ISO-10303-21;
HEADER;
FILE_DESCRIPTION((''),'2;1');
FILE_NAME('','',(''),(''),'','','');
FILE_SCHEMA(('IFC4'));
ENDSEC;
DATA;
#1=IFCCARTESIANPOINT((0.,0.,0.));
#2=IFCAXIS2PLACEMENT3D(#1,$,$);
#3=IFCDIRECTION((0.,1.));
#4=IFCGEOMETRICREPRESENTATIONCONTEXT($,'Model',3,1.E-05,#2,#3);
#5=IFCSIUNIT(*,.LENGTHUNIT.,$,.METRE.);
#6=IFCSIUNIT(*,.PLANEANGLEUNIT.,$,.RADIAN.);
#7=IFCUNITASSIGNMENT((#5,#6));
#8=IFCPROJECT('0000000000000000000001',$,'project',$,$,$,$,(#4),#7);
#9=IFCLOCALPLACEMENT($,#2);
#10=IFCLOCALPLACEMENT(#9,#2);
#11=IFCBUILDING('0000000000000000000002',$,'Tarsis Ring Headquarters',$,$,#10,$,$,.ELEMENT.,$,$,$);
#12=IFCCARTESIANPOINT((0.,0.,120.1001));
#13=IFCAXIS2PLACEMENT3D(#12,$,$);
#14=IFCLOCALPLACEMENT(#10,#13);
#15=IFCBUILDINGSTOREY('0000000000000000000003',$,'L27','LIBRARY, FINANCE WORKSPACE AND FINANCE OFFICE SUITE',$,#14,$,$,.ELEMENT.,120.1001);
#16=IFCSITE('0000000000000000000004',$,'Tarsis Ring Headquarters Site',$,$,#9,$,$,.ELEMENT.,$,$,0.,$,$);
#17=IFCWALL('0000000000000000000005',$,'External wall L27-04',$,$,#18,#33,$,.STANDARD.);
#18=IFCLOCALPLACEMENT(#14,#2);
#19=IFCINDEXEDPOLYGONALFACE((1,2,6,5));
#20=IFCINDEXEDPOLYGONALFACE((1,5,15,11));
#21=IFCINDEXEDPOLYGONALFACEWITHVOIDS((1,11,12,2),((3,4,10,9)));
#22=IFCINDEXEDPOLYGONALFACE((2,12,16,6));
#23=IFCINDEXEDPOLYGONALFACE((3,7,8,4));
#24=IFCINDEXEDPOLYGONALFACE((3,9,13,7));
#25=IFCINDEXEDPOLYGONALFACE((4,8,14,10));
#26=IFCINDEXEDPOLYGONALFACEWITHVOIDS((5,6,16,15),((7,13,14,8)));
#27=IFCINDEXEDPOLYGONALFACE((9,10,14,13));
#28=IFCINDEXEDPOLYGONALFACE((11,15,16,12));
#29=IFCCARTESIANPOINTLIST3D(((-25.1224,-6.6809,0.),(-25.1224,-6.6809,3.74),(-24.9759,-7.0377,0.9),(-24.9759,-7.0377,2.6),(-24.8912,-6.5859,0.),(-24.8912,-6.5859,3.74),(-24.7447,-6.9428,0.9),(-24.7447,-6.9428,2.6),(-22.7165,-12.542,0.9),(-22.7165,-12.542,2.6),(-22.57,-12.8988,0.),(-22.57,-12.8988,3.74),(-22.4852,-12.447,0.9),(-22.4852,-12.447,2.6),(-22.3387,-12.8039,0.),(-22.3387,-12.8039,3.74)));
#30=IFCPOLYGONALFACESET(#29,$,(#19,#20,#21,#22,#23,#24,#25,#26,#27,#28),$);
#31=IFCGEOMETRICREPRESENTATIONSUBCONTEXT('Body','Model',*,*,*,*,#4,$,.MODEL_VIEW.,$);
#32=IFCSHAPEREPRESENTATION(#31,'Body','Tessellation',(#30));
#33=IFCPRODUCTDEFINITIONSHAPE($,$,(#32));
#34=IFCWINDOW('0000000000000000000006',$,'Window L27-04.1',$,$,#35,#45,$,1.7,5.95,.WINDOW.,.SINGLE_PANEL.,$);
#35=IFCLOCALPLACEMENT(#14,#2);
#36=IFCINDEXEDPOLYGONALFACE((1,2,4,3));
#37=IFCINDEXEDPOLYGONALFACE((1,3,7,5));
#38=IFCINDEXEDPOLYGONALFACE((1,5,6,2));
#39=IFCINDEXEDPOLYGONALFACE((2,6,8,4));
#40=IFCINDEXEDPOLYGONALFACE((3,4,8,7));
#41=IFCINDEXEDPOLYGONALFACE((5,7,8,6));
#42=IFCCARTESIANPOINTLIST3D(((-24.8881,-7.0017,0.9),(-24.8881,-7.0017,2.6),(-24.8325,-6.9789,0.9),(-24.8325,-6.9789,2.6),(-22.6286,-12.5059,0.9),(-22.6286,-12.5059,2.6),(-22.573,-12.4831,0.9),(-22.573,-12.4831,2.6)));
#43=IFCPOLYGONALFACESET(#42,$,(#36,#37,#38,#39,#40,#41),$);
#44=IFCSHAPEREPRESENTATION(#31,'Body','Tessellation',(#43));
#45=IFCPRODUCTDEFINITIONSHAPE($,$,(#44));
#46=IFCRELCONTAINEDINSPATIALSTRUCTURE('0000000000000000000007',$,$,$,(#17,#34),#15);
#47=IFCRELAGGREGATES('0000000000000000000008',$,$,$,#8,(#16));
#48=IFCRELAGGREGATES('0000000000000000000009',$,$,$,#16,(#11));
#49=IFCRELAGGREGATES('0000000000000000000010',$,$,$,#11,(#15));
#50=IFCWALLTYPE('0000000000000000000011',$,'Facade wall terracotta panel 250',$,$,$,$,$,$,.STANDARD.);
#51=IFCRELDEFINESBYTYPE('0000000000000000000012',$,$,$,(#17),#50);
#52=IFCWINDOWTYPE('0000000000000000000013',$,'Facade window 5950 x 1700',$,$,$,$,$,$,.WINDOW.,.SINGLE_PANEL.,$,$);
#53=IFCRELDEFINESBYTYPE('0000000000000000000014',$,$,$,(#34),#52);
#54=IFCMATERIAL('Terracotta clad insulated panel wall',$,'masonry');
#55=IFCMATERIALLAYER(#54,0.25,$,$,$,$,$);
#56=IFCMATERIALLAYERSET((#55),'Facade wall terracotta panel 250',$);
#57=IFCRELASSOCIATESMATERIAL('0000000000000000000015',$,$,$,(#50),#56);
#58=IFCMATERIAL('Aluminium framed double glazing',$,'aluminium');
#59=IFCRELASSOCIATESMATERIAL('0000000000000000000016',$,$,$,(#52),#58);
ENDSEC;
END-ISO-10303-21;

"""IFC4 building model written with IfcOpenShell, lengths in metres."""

from ifc_helpers import new_model, si_unit, direction, frame, frame_2d, origin, place, context, subcontext, project, spatial, rectangle, extrude, material, layer, layer_set, type_object, element, fill, save


model = new_model("IFC4")

# Units and contexts
model_context = context("Model", 3, precision=1e-05, world=origin(), true_north=direction((0.0, 1.0)))
body_context = subcontext(model_context, "Body", "Model", "MODEL_VIEW")
ifc_project = project(units=[si_unit("LENGTHUNIT", "METRE"), si_unit("PLANEANGLEUNIT", "RADIAN")], contexts=[model_context])

# Site, building, storey
site_placement = place(None, origin())
site = spatial("IfcSite", under=ifc_project, at=site_placement, Name="Tarsis Ring Headquarters Site", CompositionType="ELEMENT", RefElevation=0.0)
building_placement = place(site_placement, origin())
building = spatial("IfcBuilding", under=site, at=building_placement, Name="Tarsis Ring Headquarters", CompositionType="ELEMENT")
storey_placement = place(building_placement, frame((0.0, 0.0, 120.1001)))
storey = spatial("IfcBuildingStorey", under=building, at=storey_placement, Name="L27", Description="LIBRARY, FINANCE WORKSPACE AND FINANCE OFFICE SUITE", CompositionType="ELEMENT", Elevation=120.1001)

# Wall, opening, window
ifc_material_1 = material(Name="Terracotta clad insulated panel wall", Category="masonry")
ifc_layer_1 = layer(ifc_material_1, 0.25)
ifc_layer_set_1 = layer_set([ifc_layer_1], Name="Facade wall terracotta panel 250")
wall_type_1 = type_object("IfcWallType", Name="Facade wall terracotta panel 250", PredefinedType="STANDARD", material=ifc_layer_set_1)
wall_1_placement = place(storey_placement, frame((-25.0068, -6.6333, 0.0), z_axis=(0.0, 0.0, 1.0), x_axis=(0.379748, -0.92509, 0.0)))
wall_1 = element("IfcWall", 1, at=wall_1_placement, inside=storey, type_object=wall_type_1, Name="External wall L27-04", PredefinedType="STANDARD", context=body_context, shape_type="SweptSolid", body=[
    extrude(rectangle(XDim=6.7214, YDim=0.25, at=frame_2d((3.3608, 0.0))), origin(), (0.0, 0.0, 1.0), 3.74),
])
opening_placement = place(wall_1_placement, frame((0.3857, 0.0, 0.8999)))
opening = element("IfcOpeningElement", 2, at=opening_placement, cuts=wall_1, PredefinedType="OPENING", context=body_context, shape_type="SweptSolid", body=[
    extrude(rectangle(XDim=5.95, YDim=1.7, at=frame_2d((2.9751, 0.8501))), frame((0.0, 0.135, 0.0), z_axis=(0.0, -1.0, 0.0), x_axis=(1.0, 0.0, 0.0)), (0.0, 0.0, 1.0), 0.27),
])
ifc_material_2 = material(Name="Aluminium framed double glazing", Category="aluminium")
window_type = type_object("IfcWindowType", Name="Facade window 5950 x 1700", PartitioningType="SINGLE_PANEL", PredefinedType="WINDOW", material=ifc_material_2)
window_placement = place(opening_placement, origin())
window = element("IfcWindow", 3, at=window_placement, inside=storey, type_object=window_type, Name="Window L27-04.1", OverallHeight=1.7, OverallWidth=5.95, PartitioningType="SINGLE_PANEL", PredefinedType="WINDOW", context=body_context, shape_type="SweptSolid", body=[
    extrude(rectangle(XDim=5.95, YDim=1.7, at=frame_2d((2.9751, 0.8501))), frame((0.0, 0.03, 0.0), z_axis=(0.0, -1.0, 0.0), x_axis=(1.0, 0.0, 0.0)), (0.0, 0.0, 1.0), 0.0601),
])
fill(opening, window)

save(model, "model.ifc")
